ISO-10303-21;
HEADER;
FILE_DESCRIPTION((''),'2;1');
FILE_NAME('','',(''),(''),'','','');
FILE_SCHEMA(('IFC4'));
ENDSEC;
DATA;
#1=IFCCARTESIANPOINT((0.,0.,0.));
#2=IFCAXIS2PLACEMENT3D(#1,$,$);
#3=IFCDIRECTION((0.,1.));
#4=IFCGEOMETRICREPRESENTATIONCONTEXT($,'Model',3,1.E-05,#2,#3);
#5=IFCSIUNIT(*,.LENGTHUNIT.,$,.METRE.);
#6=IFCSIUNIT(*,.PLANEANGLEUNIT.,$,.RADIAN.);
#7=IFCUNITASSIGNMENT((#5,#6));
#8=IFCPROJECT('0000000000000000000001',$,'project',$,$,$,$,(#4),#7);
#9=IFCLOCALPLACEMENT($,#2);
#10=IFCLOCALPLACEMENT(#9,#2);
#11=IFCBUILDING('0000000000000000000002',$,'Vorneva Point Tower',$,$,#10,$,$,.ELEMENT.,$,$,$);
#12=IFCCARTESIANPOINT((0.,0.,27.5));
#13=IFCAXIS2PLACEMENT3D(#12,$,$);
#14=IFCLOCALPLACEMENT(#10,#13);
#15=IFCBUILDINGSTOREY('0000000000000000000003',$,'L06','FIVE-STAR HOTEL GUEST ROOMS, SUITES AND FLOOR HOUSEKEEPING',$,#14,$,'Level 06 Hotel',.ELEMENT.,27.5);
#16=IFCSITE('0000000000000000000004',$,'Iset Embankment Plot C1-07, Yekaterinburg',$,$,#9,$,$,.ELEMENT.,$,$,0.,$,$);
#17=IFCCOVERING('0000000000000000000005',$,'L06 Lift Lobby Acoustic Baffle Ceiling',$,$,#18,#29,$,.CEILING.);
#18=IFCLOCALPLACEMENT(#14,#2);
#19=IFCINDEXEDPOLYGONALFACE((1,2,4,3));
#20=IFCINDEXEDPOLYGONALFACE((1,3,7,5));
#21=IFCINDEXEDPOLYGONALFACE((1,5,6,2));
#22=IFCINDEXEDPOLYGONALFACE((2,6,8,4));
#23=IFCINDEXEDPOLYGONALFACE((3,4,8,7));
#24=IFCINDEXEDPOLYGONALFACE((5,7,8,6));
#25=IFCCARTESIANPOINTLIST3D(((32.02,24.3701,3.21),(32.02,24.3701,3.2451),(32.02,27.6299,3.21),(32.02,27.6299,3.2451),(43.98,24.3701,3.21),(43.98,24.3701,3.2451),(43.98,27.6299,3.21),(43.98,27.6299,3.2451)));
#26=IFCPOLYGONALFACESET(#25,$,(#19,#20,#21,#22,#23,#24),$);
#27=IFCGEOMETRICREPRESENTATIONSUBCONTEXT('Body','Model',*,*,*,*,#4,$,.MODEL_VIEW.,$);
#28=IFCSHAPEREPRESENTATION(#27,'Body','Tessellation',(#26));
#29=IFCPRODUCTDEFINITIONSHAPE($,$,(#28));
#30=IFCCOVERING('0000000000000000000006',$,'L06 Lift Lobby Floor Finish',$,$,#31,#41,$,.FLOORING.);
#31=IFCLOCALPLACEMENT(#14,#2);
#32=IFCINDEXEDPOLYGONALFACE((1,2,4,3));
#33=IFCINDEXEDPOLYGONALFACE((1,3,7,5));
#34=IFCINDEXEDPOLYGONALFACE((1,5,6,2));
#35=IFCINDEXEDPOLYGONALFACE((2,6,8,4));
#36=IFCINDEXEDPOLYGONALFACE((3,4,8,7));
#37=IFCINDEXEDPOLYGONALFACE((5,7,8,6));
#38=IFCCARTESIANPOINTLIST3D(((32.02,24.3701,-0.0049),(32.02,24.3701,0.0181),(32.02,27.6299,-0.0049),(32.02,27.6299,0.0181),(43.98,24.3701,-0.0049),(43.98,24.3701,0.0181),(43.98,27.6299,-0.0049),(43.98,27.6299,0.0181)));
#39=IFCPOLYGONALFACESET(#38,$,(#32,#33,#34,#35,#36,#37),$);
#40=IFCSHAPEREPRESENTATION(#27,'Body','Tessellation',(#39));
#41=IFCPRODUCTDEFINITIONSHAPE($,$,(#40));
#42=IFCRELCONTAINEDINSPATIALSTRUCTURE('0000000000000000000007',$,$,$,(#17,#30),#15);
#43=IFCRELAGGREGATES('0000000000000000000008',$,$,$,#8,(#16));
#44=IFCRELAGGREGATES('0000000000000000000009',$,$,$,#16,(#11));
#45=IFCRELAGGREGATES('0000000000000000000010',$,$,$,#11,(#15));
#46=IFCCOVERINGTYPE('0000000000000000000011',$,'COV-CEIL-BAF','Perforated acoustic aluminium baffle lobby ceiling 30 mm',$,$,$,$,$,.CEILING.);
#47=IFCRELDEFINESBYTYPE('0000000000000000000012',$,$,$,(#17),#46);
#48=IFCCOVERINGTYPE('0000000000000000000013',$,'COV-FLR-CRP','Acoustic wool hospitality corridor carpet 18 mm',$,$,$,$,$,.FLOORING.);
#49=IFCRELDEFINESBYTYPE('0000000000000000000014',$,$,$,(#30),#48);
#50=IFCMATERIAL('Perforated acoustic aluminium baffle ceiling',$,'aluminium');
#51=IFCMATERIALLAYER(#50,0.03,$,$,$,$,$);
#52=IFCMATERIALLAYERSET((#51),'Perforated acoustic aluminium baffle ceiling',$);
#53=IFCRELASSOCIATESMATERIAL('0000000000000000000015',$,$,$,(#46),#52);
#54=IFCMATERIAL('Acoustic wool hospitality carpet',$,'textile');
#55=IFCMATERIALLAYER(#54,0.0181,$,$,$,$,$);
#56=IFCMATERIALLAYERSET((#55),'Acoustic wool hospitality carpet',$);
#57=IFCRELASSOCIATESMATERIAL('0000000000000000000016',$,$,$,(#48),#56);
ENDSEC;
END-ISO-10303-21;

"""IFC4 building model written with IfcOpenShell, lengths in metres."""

from ifc_helpers import new_model, si_unit, direction, frame, origin, place, context, subcontext, project, spatial, polyline, outline, extrude, material, layer, layer_set, type_object, element, save


model = new_model("IFC4")

# Units and contexts
model_context = context("Model", 3, precision=1e-05, world=origin(), true_north=direction((0.0, 1.0)))
body_context = subcontext(model_context, "Body", "Model", "MODEL_VIEW")
ifc_project = project(units=[si_unit("LENGTHUNIT", "METRE"), si_unit("PLANEANGLEUNIT", "RADIAN")], contexts=[model_context])

# Site, building, storey
site_placement = place(None, origin())
site = spatial("IfcSite", under=ifc_project, at=site_placement, Name="Iset Embankment Plot C1-07, Yekaterinburg", CompositionType="ELEMENT", RefElevation=0.0)
building_placement = place(site_placement, origin())
building = spatial("IfcBuilding", under=site, at=building_placement, Name="Vorneva Point Tower", CompositionType="ELEMENT")
storey_placement = place(building_placement, frame((0.0, 0.0, 27.5)))
storey = spatial("IfcBuildingStorey", under=building, at=storey_placement, Name="L06", Description="FIVE-STAR HOTEL GUEST ROOMS, SUITES AND FLOOR HOUSEKEEPING", LongName="Level 06 Hotel", CompositionType="ELEMENT", Elevation=27.5)

# Coverings
ifc_material_1 = material(Name="Perforated acoustic aluminium baffle ceiling", Category="aluminium")
ifc_layer_1 = layer(ifc_material_1, 0.03)
ifc_layer_set_1 = layer_set([ifc_layer_1], Name="Perforated acoustic aluminium baffle ceiling")
covering_type_1 = type_object("IfcCoveringType", Name="COV-CEIL-BAF", Description="Perforated acoustic aluminium baffle lobby ceiling 30 mm", PredefinedType="CEILING", material=ifc_layer_set_1)
covering_1_placement = place(storey_placement, frame((0.0, 0.0, 3.21)))
element("IfcCovering", 1, at=covering_1_placement, inside=storey, type_object=covering_type_1, Name="L06 Lift Lobby Acoustic Baffle Ceiling", PredefinedType="CEILING", context=body_context, shape_type="SweptSolid", body=[
    extrude(outline(polyline([(32.02, 24.3701), (43.98, 24.3701), (43.98, 27.6299), (32.02, 27.6299), (32.02, 24.3701)])), origin(), (0.0, 0.0, 1.0), 0.0352),
])
ifc_material_2 = material(Name="Acoustic wool hospitality carpet", Category="textile")
ifc_layer_2 = layer(ifc_material_2, 0.0181)
ifc_layer_set_2 = layer_set([ifc_layer_2], Name="Acoustic wool hospitality carpet")
covering_type_2 = type_object("IfcCoveringType", Name="COV-FLR-CRP", Description="Acoustic wool hospitality corridor carpet 18 mm", PredefinedType="FLOORING", material=ifc_layer_set_2)
covering_2_placement = place(storey_placement, frame((0.0, 0.0, -0.0049)))
element("IfcCovering", 2, at=covering_2_placement, inside=storey, type_object=covering_type_2, Name="L06 Lift Lobby Floor Finish", PredefinedType="FLOORING", context=body_context, shape_type="SweptSolid", body=[
    extrude(outline(polyline([(32.02, 24.3701), (43.98, 24.3701), (43.98, 27.6299), (32.02, 27.6299), (32.02, 24.3701)])), origin(), (0.0, 0.0, 1.0), 0.0229),
])

save(model, "model.ifc")
